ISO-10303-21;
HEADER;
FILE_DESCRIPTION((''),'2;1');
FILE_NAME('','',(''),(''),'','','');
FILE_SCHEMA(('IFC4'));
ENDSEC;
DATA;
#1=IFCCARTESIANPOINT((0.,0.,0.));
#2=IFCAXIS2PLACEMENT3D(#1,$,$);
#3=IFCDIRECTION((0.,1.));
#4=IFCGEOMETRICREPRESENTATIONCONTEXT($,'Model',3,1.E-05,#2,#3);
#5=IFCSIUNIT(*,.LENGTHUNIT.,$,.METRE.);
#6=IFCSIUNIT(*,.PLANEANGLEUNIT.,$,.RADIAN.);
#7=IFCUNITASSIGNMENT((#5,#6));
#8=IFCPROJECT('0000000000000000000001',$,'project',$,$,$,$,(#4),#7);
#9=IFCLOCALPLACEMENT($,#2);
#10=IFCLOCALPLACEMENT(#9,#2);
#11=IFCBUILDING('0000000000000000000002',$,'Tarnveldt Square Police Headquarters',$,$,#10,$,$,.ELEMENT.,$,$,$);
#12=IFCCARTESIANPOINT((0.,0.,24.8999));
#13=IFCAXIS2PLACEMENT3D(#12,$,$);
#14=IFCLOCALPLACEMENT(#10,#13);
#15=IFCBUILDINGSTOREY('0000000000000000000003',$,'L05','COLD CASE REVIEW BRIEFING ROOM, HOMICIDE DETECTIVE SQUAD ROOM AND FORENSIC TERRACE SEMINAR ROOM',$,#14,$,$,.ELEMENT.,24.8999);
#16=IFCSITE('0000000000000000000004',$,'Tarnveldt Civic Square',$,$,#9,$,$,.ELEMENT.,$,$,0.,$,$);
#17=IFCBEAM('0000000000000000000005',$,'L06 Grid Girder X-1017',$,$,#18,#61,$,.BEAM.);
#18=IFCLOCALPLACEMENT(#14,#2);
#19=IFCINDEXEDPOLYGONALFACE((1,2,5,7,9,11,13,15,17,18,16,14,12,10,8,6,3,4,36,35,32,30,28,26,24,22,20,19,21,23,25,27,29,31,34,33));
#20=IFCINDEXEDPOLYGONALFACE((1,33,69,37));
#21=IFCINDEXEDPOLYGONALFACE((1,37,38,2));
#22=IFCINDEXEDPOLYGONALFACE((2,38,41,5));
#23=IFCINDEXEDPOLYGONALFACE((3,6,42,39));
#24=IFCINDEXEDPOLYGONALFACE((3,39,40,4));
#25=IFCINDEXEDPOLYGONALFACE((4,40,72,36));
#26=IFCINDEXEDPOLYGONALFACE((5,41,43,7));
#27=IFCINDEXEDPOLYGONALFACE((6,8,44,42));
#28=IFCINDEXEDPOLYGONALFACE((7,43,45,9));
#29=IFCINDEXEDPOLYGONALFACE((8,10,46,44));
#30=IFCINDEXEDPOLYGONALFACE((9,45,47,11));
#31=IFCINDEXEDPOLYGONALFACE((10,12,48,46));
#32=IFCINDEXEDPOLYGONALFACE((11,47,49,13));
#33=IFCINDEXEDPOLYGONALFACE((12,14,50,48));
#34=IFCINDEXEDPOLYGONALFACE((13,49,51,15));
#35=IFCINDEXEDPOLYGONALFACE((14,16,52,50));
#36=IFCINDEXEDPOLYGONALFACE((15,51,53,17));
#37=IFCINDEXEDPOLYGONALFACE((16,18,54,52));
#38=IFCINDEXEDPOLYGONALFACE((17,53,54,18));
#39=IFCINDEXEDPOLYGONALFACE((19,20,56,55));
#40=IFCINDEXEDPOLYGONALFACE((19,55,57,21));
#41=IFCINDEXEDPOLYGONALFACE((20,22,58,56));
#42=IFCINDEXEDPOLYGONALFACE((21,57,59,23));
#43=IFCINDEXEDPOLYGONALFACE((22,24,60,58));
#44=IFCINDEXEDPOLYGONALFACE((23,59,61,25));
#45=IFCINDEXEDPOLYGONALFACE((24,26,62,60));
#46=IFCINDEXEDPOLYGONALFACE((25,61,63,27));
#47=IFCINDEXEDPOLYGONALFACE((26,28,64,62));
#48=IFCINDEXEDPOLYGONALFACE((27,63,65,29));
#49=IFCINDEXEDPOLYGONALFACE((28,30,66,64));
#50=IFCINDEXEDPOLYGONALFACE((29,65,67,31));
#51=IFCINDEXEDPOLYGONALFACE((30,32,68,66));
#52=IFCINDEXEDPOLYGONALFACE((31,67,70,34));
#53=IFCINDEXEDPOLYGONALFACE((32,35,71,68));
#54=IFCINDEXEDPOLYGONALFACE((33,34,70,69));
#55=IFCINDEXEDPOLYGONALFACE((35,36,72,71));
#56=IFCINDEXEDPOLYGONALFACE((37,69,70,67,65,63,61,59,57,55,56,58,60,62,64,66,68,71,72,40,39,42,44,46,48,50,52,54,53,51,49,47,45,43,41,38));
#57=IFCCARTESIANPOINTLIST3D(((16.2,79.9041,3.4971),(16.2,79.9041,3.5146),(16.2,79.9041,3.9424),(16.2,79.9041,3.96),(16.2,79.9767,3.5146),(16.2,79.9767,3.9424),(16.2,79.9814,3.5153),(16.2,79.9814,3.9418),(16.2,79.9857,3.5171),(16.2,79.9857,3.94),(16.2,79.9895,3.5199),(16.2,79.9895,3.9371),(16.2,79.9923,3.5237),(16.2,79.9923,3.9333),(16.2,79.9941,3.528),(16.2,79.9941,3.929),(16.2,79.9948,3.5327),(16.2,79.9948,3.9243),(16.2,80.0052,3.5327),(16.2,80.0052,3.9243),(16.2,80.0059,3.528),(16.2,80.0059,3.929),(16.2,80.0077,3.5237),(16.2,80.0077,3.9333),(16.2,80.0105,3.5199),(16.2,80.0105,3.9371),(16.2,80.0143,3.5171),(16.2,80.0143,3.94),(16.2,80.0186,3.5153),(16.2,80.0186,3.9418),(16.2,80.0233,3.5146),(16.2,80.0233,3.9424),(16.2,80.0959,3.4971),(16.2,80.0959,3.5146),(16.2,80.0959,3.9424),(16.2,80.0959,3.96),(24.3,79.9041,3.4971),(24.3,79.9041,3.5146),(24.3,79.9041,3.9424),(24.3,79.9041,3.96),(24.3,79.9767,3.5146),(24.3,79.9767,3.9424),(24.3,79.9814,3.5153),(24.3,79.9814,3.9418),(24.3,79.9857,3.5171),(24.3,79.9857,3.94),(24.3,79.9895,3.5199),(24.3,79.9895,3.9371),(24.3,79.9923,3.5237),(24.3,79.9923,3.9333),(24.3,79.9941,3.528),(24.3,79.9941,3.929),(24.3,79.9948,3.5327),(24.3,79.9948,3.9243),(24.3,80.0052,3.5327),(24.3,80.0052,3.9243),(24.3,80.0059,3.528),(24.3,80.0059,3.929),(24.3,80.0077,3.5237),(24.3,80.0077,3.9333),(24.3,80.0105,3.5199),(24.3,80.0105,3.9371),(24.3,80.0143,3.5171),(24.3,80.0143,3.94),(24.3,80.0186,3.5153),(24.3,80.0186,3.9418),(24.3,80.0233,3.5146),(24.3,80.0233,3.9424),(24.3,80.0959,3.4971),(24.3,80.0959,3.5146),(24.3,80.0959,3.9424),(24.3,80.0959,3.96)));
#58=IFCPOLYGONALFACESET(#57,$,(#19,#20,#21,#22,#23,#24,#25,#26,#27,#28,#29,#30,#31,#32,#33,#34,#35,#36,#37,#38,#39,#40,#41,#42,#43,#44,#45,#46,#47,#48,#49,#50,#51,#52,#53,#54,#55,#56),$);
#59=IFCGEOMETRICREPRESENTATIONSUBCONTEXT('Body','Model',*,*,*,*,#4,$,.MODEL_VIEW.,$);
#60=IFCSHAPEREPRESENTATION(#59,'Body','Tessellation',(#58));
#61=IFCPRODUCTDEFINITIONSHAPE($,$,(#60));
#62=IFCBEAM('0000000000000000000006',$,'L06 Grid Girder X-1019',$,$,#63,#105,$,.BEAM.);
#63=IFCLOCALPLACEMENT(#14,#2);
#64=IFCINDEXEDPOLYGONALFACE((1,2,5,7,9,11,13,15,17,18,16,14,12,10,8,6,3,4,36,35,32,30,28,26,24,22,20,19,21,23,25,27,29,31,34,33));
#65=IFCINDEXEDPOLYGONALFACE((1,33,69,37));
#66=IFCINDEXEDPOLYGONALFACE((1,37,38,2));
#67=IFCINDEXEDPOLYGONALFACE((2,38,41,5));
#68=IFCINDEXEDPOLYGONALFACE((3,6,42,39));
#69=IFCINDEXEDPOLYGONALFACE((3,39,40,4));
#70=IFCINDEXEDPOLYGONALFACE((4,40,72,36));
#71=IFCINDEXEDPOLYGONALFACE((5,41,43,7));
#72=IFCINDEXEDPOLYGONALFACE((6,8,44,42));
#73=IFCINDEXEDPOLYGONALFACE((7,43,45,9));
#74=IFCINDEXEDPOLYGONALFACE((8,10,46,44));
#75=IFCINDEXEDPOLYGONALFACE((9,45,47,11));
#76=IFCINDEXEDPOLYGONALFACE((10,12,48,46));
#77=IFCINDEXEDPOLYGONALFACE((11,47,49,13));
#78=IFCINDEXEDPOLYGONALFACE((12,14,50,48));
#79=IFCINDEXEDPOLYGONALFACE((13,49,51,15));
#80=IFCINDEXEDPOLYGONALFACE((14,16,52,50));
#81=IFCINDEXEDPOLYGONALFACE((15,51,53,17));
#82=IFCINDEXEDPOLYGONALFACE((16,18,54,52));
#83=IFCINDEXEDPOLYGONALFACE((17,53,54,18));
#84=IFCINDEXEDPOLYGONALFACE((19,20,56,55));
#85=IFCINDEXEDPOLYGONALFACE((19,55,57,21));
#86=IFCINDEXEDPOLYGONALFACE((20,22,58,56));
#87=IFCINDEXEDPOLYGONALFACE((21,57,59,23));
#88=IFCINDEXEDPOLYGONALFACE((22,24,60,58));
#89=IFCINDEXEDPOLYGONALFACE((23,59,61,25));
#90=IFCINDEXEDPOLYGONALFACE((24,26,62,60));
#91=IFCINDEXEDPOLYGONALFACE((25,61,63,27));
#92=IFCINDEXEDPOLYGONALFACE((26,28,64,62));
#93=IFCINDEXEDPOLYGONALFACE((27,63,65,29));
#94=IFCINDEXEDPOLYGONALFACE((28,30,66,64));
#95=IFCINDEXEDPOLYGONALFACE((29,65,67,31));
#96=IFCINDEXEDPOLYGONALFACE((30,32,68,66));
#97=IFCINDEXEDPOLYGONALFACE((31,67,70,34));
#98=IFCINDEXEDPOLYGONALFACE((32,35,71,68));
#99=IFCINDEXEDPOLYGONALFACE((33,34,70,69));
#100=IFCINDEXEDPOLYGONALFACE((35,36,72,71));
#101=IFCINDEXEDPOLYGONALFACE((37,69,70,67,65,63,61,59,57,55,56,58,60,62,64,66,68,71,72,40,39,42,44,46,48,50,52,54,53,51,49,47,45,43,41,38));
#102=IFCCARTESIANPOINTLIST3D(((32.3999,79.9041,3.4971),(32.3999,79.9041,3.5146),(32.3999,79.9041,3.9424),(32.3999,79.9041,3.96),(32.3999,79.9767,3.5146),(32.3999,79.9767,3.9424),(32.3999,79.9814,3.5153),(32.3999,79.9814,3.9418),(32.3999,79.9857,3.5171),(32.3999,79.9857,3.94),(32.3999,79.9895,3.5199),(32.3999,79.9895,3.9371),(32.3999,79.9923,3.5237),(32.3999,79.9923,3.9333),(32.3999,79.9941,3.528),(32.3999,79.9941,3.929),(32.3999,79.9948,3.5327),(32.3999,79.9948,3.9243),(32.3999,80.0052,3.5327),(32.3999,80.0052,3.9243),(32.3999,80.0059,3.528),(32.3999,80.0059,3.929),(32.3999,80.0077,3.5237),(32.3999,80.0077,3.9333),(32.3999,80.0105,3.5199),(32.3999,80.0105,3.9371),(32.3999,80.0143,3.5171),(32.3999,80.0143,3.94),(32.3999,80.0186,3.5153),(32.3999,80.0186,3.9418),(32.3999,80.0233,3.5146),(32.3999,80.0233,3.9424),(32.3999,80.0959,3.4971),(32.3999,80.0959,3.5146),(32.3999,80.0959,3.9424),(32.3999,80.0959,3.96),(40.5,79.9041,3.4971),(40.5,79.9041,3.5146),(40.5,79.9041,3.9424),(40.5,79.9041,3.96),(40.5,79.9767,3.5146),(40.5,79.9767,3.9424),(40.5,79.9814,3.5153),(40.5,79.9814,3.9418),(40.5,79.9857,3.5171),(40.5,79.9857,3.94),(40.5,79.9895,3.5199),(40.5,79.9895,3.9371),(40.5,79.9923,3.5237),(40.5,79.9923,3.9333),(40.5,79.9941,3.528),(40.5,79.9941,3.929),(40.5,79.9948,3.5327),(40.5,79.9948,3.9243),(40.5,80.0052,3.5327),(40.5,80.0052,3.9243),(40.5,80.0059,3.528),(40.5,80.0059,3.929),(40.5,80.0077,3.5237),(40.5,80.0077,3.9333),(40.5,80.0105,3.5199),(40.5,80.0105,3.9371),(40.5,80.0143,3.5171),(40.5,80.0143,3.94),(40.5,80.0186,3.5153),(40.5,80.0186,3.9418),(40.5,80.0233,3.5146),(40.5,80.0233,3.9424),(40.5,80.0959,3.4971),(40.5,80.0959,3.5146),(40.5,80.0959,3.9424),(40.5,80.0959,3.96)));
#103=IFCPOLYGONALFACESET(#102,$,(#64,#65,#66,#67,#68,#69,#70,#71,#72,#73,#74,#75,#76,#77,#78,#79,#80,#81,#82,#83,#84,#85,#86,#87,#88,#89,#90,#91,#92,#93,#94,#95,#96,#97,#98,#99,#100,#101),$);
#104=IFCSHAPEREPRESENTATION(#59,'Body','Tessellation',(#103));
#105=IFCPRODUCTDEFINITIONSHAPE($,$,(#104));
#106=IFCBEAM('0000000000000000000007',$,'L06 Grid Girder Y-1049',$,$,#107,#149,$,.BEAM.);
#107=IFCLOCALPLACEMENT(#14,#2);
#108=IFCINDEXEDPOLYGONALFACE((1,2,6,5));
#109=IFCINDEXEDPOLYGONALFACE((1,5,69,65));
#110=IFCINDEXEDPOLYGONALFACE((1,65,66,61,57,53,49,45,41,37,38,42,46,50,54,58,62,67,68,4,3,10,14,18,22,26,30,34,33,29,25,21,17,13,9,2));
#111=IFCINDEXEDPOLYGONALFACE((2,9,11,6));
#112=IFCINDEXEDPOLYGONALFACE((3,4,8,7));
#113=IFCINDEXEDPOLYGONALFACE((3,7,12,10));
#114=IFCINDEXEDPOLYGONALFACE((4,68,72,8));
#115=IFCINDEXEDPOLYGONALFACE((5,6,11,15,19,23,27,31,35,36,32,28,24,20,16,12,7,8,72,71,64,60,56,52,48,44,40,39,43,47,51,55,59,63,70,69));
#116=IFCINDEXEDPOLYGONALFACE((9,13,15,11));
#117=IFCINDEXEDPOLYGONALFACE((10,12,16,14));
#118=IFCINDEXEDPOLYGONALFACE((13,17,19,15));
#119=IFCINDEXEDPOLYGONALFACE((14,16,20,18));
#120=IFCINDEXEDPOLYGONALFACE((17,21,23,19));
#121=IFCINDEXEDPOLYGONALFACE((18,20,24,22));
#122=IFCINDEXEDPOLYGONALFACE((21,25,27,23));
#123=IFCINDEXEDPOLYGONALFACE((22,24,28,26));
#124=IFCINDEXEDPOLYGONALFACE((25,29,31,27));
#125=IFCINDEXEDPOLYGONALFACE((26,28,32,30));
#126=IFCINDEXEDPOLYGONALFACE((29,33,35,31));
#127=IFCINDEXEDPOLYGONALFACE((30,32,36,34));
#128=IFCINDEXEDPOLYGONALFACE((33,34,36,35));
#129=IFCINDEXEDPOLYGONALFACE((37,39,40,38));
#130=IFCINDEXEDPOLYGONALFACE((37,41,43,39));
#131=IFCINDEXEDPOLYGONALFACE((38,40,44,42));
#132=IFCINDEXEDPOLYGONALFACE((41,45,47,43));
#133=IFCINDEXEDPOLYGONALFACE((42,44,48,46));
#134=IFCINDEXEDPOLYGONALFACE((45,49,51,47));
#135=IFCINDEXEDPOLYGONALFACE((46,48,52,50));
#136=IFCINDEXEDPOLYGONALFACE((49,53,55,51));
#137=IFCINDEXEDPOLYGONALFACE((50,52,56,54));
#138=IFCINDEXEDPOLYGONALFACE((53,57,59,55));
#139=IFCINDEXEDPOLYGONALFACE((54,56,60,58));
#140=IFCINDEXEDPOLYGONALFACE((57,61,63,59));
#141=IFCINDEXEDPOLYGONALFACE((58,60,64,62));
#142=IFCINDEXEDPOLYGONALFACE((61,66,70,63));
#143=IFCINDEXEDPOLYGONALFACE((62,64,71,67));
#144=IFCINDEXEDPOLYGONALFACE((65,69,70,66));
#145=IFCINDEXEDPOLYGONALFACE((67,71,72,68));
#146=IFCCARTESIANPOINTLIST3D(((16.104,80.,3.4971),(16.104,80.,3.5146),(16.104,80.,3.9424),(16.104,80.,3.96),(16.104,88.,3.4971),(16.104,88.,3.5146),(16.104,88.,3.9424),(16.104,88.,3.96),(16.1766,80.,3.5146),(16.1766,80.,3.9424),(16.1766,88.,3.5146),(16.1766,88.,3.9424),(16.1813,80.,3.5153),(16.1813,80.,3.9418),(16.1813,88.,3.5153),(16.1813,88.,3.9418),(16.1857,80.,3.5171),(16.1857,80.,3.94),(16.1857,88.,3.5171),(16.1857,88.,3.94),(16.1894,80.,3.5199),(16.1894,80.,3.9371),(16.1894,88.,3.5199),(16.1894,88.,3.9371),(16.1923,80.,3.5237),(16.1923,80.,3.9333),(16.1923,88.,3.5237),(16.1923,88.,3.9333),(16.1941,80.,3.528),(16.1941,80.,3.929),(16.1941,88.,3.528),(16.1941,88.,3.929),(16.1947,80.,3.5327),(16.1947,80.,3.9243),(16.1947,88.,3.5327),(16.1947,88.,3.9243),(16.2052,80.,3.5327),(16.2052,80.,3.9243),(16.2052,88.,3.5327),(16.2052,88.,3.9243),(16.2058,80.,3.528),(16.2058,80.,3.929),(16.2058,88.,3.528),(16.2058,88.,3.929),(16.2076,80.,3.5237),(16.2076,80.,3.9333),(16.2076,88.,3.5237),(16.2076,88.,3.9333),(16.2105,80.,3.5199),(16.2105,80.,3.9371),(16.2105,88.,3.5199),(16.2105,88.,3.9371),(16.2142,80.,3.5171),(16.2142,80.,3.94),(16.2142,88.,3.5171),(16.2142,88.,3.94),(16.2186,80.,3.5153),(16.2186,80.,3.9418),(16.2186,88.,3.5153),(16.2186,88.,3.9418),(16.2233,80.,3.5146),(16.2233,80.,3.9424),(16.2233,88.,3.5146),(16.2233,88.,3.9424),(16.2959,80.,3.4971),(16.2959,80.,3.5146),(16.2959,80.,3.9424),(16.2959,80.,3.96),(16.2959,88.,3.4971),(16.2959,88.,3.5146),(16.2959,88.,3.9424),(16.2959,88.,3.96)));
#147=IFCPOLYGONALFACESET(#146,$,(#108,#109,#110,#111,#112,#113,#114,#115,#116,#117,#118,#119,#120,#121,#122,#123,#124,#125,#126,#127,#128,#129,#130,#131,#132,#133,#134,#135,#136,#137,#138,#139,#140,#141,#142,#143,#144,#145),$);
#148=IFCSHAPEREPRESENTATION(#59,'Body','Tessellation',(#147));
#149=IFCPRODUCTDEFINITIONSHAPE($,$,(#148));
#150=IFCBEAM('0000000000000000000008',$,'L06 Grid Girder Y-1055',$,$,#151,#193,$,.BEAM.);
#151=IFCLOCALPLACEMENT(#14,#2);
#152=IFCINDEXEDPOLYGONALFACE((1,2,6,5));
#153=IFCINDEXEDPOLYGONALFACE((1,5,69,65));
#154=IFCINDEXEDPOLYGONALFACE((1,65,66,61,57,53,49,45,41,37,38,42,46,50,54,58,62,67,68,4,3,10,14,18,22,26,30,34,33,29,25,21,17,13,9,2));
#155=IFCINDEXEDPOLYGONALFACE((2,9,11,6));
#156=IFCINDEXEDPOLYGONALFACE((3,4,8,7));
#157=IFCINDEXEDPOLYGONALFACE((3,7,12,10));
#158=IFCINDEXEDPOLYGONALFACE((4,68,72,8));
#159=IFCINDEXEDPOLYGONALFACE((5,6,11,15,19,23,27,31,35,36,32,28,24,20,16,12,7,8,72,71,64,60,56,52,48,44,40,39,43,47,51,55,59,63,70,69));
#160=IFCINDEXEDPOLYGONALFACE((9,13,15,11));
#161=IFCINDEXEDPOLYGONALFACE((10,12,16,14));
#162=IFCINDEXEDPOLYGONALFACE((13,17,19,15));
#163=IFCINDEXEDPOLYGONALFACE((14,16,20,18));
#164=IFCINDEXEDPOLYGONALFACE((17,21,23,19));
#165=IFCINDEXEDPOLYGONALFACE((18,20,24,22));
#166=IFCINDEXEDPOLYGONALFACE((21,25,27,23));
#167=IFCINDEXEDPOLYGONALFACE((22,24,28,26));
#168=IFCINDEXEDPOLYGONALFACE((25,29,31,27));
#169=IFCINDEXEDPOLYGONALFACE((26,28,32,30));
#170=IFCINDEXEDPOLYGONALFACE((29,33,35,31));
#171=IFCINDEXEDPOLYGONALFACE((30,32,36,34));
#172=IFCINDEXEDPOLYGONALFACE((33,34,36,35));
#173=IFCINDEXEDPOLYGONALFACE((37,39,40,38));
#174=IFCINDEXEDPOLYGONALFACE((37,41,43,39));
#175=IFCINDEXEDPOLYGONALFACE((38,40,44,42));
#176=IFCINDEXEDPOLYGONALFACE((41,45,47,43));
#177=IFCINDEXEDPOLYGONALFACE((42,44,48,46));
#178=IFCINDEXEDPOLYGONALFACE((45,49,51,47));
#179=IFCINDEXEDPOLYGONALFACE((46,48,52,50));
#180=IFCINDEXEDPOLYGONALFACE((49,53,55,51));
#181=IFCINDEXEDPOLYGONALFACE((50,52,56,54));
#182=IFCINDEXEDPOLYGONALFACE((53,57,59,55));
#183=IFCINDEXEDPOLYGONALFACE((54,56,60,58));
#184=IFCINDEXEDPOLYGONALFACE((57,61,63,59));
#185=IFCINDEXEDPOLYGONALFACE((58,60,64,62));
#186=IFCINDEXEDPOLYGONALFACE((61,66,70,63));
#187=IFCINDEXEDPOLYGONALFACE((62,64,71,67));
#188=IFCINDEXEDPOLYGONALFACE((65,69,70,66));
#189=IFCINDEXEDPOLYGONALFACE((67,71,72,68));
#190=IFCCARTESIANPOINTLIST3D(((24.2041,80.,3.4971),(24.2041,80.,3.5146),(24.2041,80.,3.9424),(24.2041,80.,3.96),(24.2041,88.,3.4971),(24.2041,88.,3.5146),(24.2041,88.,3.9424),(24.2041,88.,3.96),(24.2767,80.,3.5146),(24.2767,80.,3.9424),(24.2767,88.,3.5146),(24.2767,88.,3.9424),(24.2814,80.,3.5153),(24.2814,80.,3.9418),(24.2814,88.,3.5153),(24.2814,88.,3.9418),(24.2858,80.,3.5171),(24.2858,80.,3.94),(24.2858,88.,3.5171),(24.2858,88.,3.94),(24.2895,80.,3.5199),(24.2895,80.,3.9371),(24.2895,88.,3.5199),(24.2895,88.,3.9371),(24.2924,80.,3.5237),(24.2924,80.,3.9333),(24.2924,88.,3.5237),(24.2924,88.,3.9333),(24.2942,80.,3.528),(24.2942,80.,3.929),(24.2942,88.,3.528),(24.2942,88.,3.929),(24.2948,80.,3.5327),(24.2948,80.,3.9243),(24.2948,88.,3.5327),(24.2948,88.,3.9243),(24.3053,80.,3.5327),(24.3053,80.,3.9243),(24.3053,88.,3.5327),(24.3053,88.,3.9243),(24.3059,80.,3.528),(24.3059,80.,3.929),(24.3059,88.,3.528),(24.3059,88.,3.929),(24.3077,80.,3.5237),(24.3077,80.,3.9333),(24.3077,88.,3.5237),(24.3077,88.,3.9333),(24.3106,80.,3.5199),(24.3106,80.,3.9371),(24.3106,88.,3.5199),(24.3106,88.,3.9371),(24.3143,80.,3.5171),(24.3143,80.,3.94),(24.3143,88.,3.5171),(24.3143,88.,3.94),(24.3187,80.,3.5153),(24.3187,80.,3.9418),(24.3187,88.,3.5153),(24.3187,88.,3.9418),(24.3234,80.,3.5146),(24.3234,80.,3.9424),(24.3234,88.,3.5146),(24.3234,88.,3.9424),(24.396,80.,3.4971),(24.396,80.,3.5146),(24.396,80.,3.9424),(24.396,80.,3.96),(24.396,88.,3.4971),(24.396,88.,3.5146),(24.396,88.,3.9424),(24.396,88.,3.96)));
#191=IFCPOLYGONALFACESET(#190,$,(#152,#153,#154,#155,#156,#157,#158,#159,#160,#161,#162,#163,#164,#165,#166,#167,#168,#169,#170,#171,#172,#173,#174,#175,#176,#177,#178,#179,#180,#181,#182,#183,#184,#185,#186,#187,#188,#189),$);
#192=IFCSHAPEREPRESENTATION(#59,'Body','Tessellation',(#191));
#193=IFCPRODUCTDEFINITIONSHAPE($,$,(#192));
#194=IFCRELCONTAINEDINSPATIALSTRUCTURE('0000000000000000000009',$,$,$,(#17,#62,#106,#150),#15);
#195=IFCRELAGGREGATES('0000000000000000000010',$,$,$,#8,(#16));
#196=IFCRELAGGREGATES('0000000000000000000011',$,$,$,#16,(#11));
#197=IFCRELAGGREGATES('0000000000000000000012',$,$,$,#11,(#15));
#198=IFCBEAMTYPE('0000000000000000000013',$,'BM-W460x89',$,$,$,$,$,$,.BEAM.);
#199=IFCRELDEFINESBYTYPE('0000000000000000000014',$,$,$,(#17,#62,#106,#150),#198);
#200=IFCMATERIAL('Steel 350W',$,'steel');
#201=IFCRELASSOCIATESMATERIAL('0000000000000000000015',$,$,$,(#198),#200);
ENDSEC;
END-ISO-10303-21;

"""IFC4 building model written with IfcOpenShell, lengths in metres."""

from ifc_helpers import new_model, si_unit, direction, frame, origin, origin_2d, place, context, subcontext, project, spatial, i_section, extrude, material, material_profile, profile_set, type_object, element, save


model = new_model("IFC4")

# Units and contexts
model_context = context("Model", 3, precision=1e-05, world=origin(), true_north=direction((0.0, 1.0)))
body_context = subcontext(model_context, "Body", "Model", "MODEL_VIEW")
ifc_project = project(units=[si_unit("LENGTHUNIT", "METRE"), si_unit("PLANEANGLEUNIT", "RADIAN")], contexts=[model_context])

# Site, building, storey
site_placement = place(None, origin())
site = spatial("IfcSite", under=ifc_project, at=site_placement, Name="Tarnveldt Civic Square", CompositionType="ELEMENT", RefElevation=0.0)
building_placement = place(site_placement, origin())
building = spatial("IfcBuilding", under=site, at=building_placement, Name="Tarnveldt Square Police Headquarters", CompositionType="ELEMENT")
storey_placement = place(building_placement, frame((0.0, 0.0, 24.8999)))
storey = spatial("IfcBuildingStorey", under=building, at=storey_placement, Name="L05", Description="COLD CASE REVIEW BRIEFING ROOM, HOMICIDE DETECTIVE SQUAD ROOM AND FORENSIC TERRACE SEMINAR ROOM", CompositionType="ELEMENT", Elevation=24.8999)

# Shared definitions
ifc_material_1 = material(Name="Steel 350W", Category="steel")

# Beams
ifc_material_profile_1 = material_profile(ifc_material_1, i_section(OverallWidth=0.1919, OverallDepth=0.4629, WebThickness=0.0105, FlangeThickness=0.0176, FilletRadius=0.0181, at=origin_2d()), Name="W460x89")
ifc_profile_set_1 = profile_set([ifc_material_profile_1], Name="Steel 350W")
beam_type_1 = type_object("IfcBeamType", Name="BM-W460x89", PredefinedType="BEAM", material=ifc_profile_set_1)
for number, where, z_axis, x_axis, name in (
    (1, (16.2, 80.0, 3.7285), (1.0, 0.0, 0.0), (0.0, 1.0, 0.0), "L06 Grid Girder X-1017"),
    (2, (32.3999, 80.0, 3.7285), (1.0, 0.0, 0.0), (0.0, 1.0, 0.0), "L06 Grid Girder X-1019"),
):
    element("IfcBeam", number, at=place(storey_placement, frame(where, z_axis=z_axis, x_axis=x_axis)), inside=storey, type_object=beam_type_1, Name=name, PredefinedType="BEAM", context=body_context, shape_type="SweptSolid", body=[
        extrude(i_section(OverallWidth=0.1919, OverallDepth=0.4629, WebThickness=0.0105, FlangeThickness=0.0176, FilletRadius=0.0181, at=origin_2d()), origin(), (0.0, 0.0, 1.0), 8.1001),
    ])
for number, where, z_axis, x_axis, name in (
    (3, (16.2, 80.0, 3.7285), (0.0, 1.0, 0.0), (-1.0, 0.0, 0.0), "L06 Grid Girder Y-1049"),
    (4, (24.3, 80.0, 3.7285), (0.0, 1.0, 0.0), (-1.0, 0.0, 0.0), "L06 Grid Girder Y-1055"),
):
    element("IfcBeam", number, at=place(storey_placement, frame(where, z_axis=z_axis, x_axis=x_axis)), inside=storey, type_object=beam_type_1, Name=name, PredefinedType="BEAM", context=body_context, shape_type="SweptSolid", body=[
        extrude(i_section(OverallWidth=0.1919, OverallDepth=0.4629, WebThickness=0.0105, FlangeThickness=0.0176, FilletRadius=0.0181, at=origin_2d()), origin(), (0.0, 0.0, 1.0), 8.0),
    ])

save(model, "model.ifc")
